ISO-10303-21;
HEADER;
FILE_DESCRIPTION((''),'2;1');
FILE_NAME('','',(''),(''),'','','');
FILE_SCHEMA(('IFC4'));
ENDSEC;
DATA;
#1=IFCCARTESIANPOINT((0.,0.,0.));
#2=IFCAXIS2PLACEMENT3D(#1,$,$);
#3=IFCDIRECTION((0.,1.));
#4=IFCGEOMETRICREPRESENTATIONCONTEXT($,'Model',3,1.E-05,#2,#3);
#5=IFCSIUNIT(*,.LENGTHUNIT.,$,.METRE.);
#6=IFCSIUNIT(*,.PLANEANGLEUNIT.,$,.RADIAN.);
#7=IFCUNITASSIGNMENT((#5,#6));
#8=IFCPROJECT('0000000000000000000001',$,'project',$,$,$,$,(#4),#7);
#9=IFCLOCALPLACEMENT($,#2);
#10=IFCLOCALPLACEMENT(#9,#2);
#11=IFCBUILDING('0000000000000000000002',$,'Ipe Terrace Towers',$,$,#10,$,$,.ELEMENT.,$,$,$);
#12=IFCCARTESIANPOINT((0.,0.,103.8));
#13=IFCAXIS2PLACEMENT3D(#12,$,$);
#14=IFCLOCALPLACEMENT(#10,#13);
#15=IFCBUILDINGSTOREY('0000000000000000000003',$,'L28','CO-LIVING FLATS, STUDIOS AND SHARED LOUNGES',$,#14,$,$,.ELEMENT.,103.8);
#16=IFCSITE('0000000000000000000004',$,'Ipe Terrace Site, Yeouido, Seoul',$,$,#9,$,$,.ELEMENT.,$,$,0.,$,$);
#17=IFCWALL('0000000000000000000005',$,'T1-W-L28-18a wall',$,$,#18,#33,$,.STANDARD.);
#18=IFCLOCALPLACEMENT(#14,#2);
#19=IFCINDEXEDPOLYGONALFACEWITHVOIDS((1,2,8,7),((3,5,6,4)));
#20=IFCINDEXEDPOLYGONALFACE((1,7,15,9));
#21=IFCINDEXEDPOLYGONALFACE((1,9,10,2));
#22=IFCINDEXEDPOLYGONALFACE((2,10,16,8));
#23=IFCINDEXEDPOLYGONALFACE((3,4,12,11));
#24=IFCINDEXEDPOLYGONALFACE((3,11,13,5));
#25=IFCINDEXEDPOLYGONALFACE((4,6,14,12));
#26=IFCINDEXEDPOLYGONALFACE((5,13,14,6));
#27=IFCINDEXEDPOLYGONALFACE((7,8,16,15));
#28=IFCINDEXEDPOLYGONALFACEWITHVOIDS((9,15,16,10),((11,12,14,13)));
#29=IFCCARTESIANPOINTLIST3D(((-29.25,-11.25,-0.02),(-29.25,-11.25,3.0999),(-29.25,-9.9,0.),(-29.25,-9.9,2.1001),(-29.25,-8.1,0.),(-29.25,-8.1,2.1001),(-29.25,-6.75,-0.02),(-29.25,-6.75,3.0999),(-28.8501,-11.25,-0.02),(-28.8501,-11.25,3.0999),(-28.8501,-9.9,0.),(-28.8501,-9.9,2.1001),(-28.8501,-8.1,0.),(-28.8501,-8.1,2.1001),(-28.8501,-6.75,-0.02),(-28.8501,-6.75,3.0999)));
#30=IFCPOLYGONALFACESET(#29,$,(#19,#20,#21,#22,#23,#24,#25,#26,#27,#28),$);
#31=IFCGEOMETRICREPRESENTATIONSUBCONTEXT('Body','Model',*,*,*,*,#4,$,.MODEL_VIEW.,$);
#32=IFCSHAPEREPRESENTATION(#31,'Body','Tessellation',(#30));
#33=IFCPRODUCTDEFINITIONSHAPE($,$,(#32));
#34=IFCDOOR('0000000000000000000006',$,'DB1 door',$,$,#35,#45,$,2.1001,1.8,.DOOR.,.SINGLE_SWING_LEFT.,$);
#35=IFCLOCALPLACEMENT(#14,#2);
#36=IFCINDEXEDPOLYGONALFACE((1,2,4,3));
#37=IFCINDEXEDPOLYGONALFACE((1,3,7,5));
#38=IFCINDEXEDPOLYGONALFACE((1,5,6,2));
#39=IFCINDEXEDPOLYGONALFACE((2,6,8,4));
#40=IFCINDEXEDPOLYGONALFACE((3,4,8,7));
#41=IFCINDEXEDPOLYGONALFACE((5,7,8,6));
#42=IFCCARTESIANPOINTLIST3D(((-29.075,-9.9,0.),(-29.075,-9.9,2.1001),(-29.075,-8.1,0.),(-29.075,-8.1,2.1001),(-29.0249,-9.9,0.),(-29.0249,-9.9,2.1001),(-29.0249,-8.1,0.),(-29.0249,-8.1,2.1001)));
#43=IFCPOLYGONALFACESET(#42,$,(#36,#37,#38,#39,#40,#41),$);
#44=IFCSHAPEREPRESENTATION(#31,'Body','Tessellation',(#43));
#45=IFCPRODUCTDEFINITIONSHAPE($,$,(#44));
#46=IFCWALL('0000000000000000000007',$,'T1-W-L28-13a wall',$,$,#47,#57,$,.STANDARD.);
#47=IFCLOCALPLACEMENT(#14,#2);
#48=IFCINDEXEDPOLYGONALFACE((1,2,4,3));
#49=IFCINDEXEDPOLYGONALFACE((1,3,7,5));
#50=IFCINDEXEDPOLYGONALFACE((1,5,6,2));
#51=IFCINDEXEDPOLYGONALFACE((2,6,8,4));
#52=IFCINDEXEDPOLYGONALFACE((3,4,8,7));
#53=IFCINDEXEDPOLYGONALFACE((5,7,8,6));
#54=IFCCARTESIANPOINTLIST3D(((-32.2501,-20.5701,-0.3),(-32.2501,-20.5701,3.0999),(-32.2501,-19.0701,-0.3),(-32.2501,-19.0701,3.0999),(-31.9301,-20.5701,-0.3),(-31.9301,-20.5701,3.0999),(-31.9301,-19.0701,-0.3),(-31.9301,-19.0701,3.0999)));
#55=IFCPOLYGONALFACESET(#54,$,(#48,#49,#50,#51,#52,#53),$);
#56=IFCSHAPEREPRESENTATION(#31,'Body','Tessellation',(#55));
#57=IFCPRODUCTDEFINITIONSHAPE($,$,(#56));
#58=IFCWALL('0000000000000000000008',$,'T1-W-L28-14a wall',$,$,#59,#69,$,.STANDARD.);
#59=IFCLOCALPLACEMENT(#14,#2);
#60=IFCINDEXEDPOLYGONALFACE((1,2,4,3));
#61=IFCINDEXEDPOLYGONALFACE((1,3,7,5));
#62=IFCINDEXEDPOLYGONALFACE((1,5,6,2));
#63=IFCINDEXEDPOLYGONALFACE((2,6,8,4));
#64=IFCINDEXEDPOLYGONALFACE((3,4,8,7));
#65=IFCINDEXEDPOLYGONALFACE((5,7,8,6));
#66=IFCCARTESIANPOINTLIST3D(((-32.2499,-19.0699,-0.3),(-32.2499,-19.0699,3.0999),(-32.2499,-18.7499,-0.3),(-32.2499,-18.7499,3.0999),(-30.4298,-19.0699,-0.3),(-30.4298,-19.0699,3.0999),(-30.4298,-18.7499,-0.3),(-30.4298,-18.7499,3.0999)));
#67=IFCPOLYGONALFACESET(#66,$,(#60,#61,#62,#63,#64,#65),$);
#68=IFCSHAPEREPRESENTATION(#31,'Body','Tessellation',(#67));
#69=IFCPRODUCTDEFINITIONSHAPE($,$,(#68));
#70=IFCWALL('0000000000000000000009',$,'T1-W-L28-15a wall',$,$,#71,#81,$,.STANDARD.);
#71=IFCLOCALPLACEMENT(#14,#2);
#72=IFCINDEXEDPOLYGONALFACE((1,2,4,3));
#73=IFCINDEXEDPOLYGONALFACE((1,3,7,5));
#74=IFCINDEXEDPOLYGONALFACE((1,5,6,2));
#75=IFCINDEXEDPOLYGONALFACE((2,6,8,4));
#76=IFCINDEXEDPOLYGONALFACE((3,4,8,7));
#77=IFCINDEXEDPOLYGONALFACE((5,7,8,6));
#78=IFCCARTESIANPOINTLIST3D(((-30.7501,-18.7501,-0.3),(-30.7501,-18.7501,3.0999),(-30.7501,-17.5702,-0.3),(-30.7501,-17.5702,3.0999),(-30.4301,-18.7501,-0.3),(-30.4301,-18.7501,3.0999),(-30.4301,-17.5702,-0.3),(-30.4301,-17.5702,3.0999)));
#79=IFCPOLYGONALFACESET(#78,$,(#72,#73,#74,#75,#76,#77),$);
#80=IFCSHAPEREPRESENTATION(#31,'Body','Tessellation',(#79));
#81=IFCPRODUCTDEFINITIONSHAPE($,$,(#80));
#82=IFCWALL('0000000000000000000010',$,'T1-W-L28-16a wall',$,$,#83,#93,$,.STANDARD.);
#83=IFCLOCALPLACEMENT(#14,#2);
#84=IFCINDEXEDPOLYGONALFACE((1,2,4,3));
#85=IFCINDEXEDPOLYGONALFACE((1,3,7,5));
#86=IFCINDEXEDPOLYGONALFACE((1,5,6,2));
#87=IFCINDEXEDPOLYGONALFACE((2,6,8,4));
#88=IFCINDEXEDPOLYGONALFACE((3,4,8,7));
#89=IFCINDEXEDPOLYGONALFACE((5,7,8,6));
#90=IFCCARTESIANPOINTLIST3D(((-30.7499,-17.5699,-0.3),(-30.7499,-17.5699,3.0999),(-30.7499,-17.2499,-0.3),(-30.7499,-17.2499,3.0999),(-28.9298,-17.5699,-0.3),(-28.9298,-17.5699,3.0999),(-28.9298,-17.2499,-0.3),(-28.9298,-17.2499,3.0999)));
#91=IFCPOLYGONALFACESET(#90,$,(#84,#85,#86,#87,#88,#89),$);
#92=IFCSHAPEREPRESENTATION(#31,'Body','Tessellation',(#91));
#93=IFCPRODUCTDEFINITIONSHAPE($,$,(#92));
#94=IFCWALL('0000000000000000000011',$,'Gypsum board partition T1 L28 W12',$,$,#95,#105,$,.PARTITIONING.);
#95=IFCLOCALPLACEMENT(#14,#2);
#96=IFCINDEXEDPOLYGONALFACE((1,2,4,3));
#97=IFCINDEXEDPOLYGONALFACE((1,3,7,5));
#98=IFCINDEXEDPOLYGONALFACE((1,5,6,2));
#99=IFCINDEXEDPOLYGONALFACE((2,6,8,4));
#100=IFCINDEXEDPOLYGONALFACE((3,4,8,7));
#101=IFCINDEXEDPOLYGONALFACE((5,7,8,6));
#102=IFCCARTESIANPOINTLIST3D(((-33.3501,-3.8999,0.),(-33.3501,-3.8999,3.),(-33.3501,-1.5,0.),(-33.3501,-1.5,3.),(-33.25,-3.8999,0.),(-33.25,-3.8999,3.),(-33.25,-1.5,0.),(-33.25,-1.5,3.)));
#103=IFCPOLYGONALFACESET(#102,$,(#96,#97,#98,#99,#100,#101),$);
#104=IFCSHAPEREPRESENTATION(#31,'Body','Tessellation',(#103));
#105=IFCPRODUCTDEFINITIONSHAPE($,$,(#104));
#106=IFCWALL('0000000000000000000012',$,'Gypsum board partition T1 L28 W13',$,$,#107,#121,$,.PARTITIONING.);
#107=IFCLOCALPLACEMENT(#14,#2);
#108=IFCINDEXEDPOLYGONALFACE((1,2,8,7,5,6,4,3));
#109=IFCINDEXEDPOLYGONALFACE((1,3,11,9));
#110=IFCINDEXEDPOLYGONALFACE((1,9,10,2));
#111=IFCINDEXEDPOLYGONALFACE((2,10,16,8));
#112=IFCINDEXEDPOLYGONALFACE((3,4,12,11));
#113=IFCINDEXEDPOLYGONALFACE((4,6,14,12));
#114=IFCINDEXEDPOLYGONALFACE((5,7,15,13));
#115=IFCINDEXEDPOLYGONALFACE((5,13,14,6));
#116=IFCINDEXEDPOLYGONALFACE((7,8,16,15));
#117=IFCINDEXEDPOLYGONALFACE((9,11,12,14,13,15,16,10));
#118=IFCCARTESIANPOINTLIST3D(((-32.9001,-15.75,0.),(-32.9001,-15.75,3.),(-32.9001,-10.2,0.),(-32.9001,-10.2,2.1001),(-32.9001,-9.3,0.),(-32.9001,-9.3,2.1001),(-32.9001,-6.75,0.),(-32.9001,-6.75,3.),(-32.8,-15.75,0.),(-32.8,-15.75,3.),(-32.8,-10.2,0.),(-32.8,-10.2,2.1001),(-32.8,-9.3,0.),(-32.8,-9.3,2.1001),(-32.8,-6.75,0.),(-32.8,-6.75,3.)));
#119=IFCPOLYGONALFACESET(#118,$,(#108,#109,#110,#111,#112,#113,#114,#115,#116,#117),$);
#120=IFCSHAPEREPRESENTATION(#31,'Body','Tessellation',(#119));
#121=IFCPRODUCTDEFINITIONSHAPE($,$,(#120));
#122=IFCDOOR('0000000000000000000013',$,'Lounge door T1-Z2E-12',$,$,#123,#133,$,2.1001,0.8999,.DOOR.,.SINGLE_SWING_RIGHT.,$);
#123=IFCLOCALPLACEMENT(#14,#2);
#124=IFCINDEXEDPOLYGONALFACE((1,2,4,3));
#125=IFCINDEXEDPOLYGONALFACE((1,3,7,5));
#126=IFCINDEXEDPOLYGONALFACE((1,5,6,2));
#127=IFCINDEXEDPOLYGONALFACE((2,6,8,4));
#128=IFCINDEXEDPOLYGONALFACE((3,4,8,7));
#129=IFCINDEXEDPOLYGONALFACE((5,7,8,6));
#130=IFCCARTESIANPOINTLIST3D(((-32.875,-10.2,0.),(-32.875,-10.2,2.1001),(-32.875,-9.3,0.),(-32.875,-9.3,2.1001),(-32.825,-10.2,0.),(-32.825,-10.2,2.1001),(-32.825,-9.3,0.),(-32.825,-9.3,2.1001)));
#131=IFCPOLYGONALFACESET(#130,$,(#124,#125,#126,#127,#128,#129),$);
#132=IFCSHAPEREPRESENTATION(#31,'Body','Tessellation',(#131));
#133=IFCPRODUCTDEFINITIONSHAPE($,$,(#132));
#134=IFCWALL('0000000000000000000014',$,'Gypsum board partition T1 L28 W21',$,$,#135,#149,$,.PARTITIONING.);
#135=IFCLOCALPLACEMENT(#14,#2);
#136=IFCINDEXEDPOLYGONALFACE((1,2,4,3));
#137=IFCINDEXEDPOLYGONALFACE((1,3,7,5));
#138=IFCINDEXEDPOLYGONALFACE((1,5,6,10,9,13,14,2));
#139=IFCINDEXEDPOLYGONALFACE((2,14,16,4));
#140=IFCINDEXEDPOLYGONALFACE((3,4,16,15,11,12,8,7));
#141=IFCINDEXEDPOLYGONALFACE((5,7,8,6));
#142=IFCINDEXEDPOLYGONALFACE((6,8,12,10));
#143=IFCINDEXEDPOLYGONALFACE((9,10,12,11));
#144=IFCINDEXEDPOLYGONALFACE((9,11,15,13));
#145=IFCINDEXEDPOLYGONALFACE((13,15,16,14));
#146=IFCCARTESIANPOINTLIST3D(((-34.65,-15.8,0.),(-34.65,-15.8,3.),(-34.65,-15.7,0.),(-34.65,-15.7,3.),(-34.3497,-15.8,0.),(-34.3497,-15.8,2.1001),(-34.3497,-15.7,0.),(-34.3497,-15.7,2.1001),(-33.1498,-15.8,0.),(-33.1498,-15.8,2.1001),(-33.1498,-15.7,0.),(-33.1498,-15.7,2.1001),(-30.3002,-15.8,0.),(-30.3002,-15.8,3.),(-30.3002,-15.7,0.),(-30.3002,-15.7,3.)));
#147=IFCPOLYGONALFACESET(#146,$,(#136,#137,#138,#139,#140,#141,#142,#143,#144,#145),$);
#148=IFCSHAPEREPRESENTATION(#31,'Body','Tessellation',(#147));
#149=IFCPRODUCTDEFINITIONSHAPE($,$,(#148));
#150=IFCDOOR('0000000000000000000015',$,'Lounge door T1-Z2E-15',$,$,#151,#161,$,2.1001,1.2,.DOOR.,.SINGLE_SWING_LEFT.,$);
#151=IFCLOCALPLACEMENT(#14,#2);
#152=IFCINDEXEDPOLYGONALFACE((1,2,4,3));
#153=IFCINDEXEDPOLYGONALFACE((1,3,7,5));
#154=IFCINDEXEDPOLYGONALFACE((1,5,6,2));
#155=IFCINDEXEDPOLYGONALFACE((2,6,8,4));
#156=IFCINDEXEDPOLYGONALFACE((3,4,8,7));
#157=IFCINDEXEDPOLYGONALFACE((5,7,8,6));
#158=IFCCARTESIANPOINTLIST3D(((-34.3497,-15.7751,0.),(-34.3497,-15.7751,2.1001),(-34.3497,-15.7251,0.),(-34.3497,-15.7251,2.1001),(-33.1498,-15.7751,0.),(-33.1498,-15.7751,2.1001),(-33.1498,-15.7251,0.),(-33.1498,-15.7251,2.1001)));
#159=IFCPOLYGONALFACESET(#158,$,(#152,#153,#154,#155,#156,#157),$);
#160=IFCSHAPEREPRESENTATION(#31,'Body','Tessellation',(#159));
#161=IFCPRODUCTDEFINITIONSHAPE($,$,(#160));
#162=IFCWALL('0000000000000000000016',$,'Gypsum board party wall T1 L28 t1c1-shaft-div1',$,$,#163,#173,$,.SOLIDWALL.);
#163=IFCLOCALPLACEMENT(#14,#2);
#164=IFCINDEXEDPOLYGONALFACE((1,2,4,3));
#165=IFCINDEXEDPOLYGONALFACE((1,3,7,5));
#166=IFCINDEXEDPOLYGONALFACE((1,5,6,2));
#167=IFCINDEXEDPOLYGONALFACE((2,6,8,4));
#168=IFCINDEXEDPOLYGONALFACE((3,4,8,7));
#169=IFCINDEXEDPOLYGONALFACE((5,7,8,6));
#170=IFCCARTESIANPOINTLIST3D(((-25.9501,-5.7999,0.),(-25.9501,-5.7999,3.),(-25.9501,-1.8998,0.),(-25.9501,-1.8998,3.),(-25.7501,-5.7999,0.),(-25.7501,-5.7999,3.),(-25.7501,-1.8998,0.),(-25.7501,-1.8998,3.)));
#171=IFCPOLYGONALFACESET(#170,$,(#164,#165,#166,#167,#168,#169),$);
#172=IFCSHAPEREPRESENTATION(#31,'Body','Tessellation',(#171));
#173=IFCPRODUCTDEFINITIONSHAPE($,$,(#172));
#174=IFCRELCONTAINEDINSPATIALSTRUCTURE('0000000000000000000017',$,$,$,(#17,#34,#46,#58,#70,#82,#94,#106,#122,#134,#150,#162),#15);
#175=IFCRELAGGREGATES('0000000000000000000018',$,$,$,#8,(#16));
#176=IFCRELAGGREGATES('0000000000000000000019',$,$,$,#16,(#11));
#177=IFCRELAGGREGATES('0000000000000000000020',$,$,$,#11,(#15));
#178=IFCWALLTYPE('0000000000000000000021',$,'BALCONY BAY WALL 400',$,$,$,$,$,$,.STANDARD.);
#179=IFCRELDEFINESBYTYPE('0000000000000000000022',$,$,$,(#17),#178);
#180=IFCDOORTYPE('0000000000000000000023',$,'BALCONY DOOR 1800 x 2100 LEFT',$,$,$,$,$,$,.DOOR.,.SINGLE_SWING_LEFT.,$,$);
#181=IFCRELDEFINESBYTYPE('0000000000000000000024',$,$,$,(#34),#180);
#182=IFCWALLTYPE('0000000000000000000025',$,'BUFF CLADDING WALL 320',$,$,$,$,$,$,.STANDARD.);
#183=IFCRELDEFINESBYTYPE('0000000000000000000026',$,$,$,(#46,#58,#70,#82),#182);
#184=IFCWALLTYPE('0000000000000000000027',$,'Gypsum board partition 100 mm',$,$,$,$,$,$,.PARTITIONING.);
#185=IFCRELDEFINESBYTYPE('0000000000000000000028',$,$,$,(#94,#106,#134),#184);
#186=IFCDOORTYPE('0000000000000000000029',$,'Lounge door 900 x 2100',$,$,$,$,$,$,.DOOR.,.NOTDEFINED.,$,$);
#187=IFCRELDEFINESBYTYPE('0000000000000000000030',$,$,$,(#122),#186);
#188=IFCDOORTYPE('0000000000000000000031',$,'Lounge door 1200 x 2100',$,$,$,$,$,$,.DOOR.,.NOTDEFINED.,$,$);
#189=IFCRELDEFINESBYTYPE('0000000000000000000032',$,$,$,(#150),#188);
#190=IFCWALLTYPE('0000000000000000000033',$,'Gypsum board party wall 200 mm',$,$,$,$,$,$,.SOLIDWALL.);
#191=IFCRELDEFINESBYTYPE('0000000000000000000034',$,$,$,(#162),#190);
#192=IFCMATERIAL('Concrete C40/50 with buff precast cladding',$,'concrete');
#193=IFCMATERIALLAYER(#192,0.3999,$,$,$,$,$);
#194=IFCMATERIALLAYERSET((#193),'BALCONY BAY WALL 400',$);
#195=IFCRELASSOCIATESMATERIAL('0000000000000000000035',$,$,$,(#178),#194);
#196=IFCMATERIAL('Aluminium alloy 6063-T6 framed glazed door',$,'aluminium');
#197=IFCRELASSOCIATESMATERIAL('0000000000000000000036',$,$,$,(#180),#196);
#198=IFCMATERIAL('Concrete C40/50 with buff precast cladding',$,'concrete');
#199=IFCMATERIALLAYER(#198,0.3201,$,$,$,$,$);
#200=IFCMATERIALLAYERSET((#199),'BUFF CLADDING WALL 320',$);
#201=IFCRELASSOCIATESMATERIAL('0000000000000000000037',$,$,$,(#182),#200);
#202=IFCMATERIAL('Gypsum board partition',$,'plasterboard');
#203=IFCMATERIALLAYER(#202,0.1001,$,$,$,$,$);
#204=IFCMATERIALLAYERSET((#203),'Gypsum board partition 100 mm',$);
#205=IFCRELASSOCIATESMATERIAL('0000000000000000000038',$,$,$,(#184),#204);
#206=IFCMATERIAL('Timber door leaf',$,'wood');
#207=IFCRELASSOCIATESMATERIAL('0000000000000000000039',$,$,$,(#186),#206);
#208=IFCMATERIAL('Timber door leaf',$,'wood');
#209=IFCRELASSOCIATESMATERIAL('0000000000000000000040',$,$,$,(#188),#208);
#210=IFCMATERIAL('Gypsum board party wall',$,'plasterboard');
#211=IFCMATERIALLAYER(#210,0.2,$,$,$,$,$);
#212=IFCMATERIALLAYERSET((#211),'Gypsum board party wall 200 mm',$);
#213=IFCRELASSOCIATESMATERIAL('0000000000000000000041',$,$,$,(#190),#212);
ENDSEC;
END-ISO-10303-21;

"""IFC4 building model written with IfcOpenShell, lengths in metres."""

from ifc_helpers import new_model, si_unit, direction, frame, frame_2d, origin, place, context, subcontext, project, spatial, rectangle, extrude, material, layer, layer_set, type_object, element, fill, save


model = new_model("IFC4")

# Units and contexts
model_context = context("Model", 3, precision=1e-05, world=origin(), true_north=direction((0.0, 1.0)))
body_context = subcontext(model_context, "Body", "Model", "MODEL_VIEW")
ifc_project = project(units=[si_unit("LENGTHUNIT", "METRE"), si_unit("PLANEANGLEUNIT", "RADIAN")], contexts=[model_context])

# Site, building, storey
site_placement = place(None, origin())
site = spatial("IfcSite", under=ifc_project, at=site_placement, Name="Ipe Terrace Site, Yeouido, Seoul", CompositionType="ELEMENT", RefElevation=0.0)
building_placement = place(site_placement, origin())
building = spatial("IfcBuilding", under=site, at=building_placement, Name="Ipe Terrace Towers", CompositionType="ELEMENT")
storey_placement = place(building_placement, frame((0.0, 0.0, 103.8)))
storey = spatial("IfcBuildingStorey", under=building, at=storey_placement, Name="L28", Description="CO-LIVING FLATS, STUDIOS AND SHARED LOUNGES", CompositionType="ELEMENT", Elevation=103.8)

# Wall, opening, door
ifc_material_1 = material(Name="Concrete C40/50 with buff precast cladding", Category="concrete")
ifc_layer_1 = layer(ifc_material_1, 0.3999)
ifc_layer_set_1 = layer_set([ifc_layer_1], Name="BALCONY BAY WALL 400")
wall_type_1 = type_object("IfcWallType", Name="BALCONY BAY WALL 400", PredefinedType="STANDARD", material=ifc_layer_set_1)
wall_1_placement = place(storey_placement, frame((-29.05, -11.25, -0.02), z_axis=(0.0, 0.0, 1.0), x_axis=(0.0, 1.0, 0.0)))
wall_1 = element("IfcWall", 1, at=wall_1_placement, inside=storey, type_object=wall_type_1, Name="T1-W-L28-18a wall", PredefinedType="STANDARD", context=body_context, shape_type="SweptSolid", body=[
    extrude(rectangle(XDim=4.5, YDim=0.3999, at=frame_2d((2.25, 0.0))), origin(), (0.0, 0.0, 1.0), 3.1199),
])
opening_1_placement = place(wall_1_placement, frame((1.3501, 0.0, 0.02)))
opening_1 = element("IfcOpeningElement", 2, at=opening_1_placement, cuts=wall_1, PredefinedType="OPENING", context=body_context, shape_type="SweptSolid", body=[
    extrude(rectangle(XDim=1.8, YDim=2.1001, at=frame_2d((0.8999, 1.05))), frame((0.0, 0.21, 0.0), z_axis=(0.0, -1.0, 0.0), x_axis=(1.0, 0.0, 0.0)), (0.0, 0.0, 1.0), 0.4199),
])
ifc_material_2 = material(Name="Aluminium alloy 6063-T6 framed glazed door", Category="aluminium")
door_type_1 = type_object("IfcDoorType", Name="BALCONY DOOR 1800 x 2100 LEFT", OperationType="SINGLE_SWING_LEFT", PredefinedType="DOOR", material=ifc_material_2)
door_1_placement = place(opening_1_placement, origin())
door_1 = element("IfcDoor", 3, at=door_1_placement, inside=storey, type_object=door_type_1, Name="DB1 door", OperationType="SINGLE_SWING_LEFT", OverallHeight=2.1001, OverallWidth=1.8, PredefinedType="DOOR", context=body_context, shape_type="SweptSolid", body=[
    extrude(rectangle(XDim=1.8, YDim=2.1001, at=frame_2d((0.8999, 1.05))), frame((0.0, 0.0249, 0.0), z_axis=(0.0, -1.0, 0.0), x_axis=(1.0, 0.0, 0.0)), (0.0, 0.0, 1.0), 0.05),
])
fill(opening_1, door_1)

# Walls
ifc_material_3 = material(Name="Concrete C40/50 with buff precast cladding", Category="concrete")
ifc_layer_2 = layer(ifc_material_3, 0.3201)
ifc_layer_set_2 = layer_set([ifc_layer_2], Name="BUFF CLADDING WALL 320")
wall_type_2 = type_object("IfcWallType", Name="BUFF CLADDING WALL 320", PredefinedType="STANDARD", material=ifc_layer_set_2)
wall_2_placement = place(storey_placement, frame((-32.0901, -20.5701, -0.3), z_axis=(0.0, 0.0, 1.0), x_axis=(0.0, 1.0, 0.0)))
element("IfcWall", 4, at=wall_2_placement, inside=storey, type_object=wall_type_2, Name="T1-W-L28-13a wall", PredefinedType="STANDARD", context=body_context, shape_type="SweptSolid", body=[
    extrude(rectangle(XDim=1.5, YDim=0.3201, at=frame_2d((0.75, 0.0))), origin(), (0.0, 0.0, 1.0), 3.3999),
])
wall_3_placement = place(storey_placement, frame((-32.25, -18.9099, -0.3), z_axis=(0.0, 0.0, 1.0), x_axis=(1.0, 0.0, 0.0)))
element("IfcWall", 5, at=wall_3_placement, inside=storey, type_object=wall_type_2, Name="T1-W-L28-14a wall", PredefinedType="STANDARD", context=body_context, shape_type="SweptSolid", body=[
    extrude(rectangle(XDim=1.8201, YDim=0.3201, at=frame_2d((0.9102, 0.0))), origin(), (0.0, 0.0, 1.0), 3.3999),
])
wall_4_placement = place(storey_placement, frame((-30.5901, -18.75, -0.3), z_axis=(0.0, 0.0, 1.0), x_axis=(0.0, 1.0, 0.0)))
element("IfcWall", 6, at=wall_4_placement, inside=storey, type_object=wall_type_2, Name="T1-W-L28-15a wall", PredefinedType="STANDARD", context=body_context, shape_type="SweptSolid", body=[
    extrude(rectangle(XDim=1.1799, YDim=0.3201, at=frame_2d((0.5898, 0.0))), origin(), (0.0, 0.0, 1.0), 3.3999),
])
wall_5_placement = place(storey_placement, frame((-30.75, -17.4099, -0.3), z_axis=(0.0, 0.0, 1.0), x_axis=(1.0, 0.0, 0.0)))
element("IfcWall", 7, at=wall_5_placement, inside=storey, type_object=wall_type_2, Name="T1-W-L28-16a wall", PredefinedType="STANDARD", context=body_context, shape_type="SweptSolid", body=[
    extrude(rectangle(XDim=1.8201, YDim=0.3201, at=frame_2d((0.9102, 0.0))), origin(), (0.0, 0.0, 1.0), 3.3999),
])
ifc_material_4 = material(Name="Gypsum board partition", Category="plasterboard")
ifc_layer_3 = layer(ifc_material_4, 0.1001)
ifc_layer_set_3 = layer_set([ifc_layer_3], Name="Gypsum board partition 100 mm")
wall_type_3 = type_object("IfcWallType", Name="Gypsum board partition 100 mm", PredefinedType="PARTITIONING", material=ifc_layer_set_3)
wall_6_placement = place(storey_placement, frame((-33.3, -3.8999, 0.0), z_axis=(0.0, 0.0, 1.0), x_axis=(0.0, 1.0, 0.0)))
element("IfcWall", 8, at=wall_6_placement, inside=storey, type_object=wall_type_3, Name="Gypsum board partition T1 L28 W12", PredefinedType="PARTITIONING", context=body_context, shape_type="SweptSolid", body=[
    extrude(rectangle(XDim=2.3999, YDim=0.1001, at=frame_2d((1.2, 0.0))), origin(), (0.0, 0.0, 1.0), 3.0),
])

# Walls, openings, doors
wall_7_placement = place(storey_placement, frame((-32.8501, -15.75, 0.0), z_axis=(0.0, 0.0, 1.0), x_axis=(0.0, 1.0, 0.0)))
wall_7 = element("IfcWall", 9, at=wall_7_placement, inside=storey, type_object=wall_type_3, Name="Gypsum board partition T1 L28 W13", PredefinedType="PARTITIONING", context=body_context, shape_type="SweptSolid", body=[
    extrude(rectangle(XDim=9.0, YDim=0.1001, at=frame_2d((4.5, 0.0))), origin(), (0.0, 0.0, 1.0), 3.0),
])
opening_2_placement = place(wall_7_placement, frame((5.55, 0.0, 0.0)))
opening_2 = element("IfcOpeningElement", 10, at=opening_2_placement, cuts=wall_7, PredefinedType="OPENING", context=body_context, shape_type="SweptSolid", body=[
    extrude(rectangle(XDim=0.8999, YDim=2.1001, at=frame_2d((0.45, 1.05))), frame((0.0, 0.0601, 0.0), z_axis=(0.0, -1.0, 0.0), x_axis=(1.0, 0.0, 0.0)), (0.0, 0.0, 1.0), 0.1201),
])
ifc_material_5 = material(Name="Timber door leaf", Category="wood")
door_type_2 = type_object("IfcDoorType", Name="Lounge door 900 x 2100", OperationType="NOTDEFINED", PredefinedType="DOOR", material=ifc_material_5)
door_2_placement = place(opening_2_placement, origin())
door_2 = element("IfcDoor", 11, at=door_2_placement, inside=storey, type_object=door_type_2, Name="Lounge door T1-Z2E-12", OperationType="SINGLE_SWING_RIGHT", OverallHeight=2.1001, OverallWidth=0.8999, PredefinedType="DOOR", context=body_context, shape_type="SweptSolid", body=[
    extrude(rectangle(XDim=0.8999, YDim=2.1001, at=frame_2d((0.45, 1.05))), frame((0.0, 0.0249, 0.0), z_axis=(0.0, -1.0, 0.0), x_axis=(1.0, 0.0, 0.0)), (0.0, 0.0, 1.0), 0.05),
])
fill(opening_2, door_2)
wall_8_placement = place(storey_placement, frame((-34.6499, -15.75, 0.0), z_axis=(0.0, 0.0, 1.0), x_axis=(1.0, 0.0, 0.0)))
wall_8 = element("IfcWall", 12, at=wall_8_placement, inside=storey, type_object=wall_type_3, Name="Gypsum board partition T1 L28 W21", PredefinedType="PARTITIONING", context=body_context, shape_type="SweptSolid", body=[
    extrude(rectangle(XDim=4.3499, YDim=0.1001, at=frame_2d((2.1748, 0.0))), origin(), (0.0, 0.0, 1.0), 3.0),
])
opening_3_placement = place(wall_8_placement, frame((0.3, 0.0, 0.0)))
opening_3 = element("IfcOpeningElement", 13, at=opening_3_placement, cuts=wall_8, PredefinedType="OPENING", context=body_context, shape_type="SweptSolid", body=[
    extrude(rectangle(XDim=1.2, YDim=2.1001, at=frame_2d((0.6001, 1.05))), frame((0.0, 0.0601, 0.0), z_axis=(0.0, -1.0, 0.0), x_axis=(1.0, 0.0, 0.0)), (0.0, 0.0, 1.0), 0.1201),
])
ifc_material_6 = material(Name="Timber door leaf", Category="wood")
door_type_3 = type_object("IfcDoorType", Name="Lounge door 1200 x 2100", OperationType="NOTDEFINED", PredefinedType="DOOR", material=ifc_material_6)
door_3_placement = place(opening_3_placement, origin())
door_3 = element("IfcDoor", 14, at=door_3_placement, inside=storey, type_object=door_type_3, Name="Lounge door T1-Z2E-15", OperationType="SINGLE_SWING_LEFT", OverallHeight=2.1001, OverallWidth=1.2, PredefinedType="DOOR", context=body_context, shape_type="SweptSolid", body=[
    extrude(rectangle(XDim=1.2, YDim=2.1001, at=frame_2d((0.6001, 1.05))), frame((0.0, 0.0249, 0.0), z_axis=(0.0, -1.0, 0.0), x_axis=(1.0, 0.0, 0.0)), (0.0, 0.0, 1.0), 0.05),
])
fill(opening_3, door_3)

# Wall
ifc_material_7 = material(Name="Gypsum board party wall", Category="plasterboard")
ifc_layer_4 = layer(ifc_material_7, 0.2)
ifc_layer_set_4 = layer_set([ifc_layer_4], Name="Gypsum board party wall 200 mm")
wall_type_4 = type_object("IfcWallType", Name="Gypsum board party wall 200 mm", PredefinedType="SOLIDWALL", material=ifc_layer_set_4)
wall_9_placement = place(storey_placement, frame((-25.8501, -5.8, 0.0), z_axis=(0.0, 0.0, 1.0), x_axis=(0.0, 1.0, 0.0)))
element("IfcWall", 15, at=wall_9_placement, inside=storey, type_object=wall_type_4, Name="Gypsum board party wall T1 L28 t1c1-shaft-div1", PredefinedType="SOLIDWALL", context=body_context, shape_type="SweptSolid", body=[
    extrude(rectangle(XDim=3.9001, YDim=0.2, at=frame_2d((1.9502, 0.0))), origin(), (0.0, 0.0, 1.0), 3.0),
])

save(model, "model.ifc")
